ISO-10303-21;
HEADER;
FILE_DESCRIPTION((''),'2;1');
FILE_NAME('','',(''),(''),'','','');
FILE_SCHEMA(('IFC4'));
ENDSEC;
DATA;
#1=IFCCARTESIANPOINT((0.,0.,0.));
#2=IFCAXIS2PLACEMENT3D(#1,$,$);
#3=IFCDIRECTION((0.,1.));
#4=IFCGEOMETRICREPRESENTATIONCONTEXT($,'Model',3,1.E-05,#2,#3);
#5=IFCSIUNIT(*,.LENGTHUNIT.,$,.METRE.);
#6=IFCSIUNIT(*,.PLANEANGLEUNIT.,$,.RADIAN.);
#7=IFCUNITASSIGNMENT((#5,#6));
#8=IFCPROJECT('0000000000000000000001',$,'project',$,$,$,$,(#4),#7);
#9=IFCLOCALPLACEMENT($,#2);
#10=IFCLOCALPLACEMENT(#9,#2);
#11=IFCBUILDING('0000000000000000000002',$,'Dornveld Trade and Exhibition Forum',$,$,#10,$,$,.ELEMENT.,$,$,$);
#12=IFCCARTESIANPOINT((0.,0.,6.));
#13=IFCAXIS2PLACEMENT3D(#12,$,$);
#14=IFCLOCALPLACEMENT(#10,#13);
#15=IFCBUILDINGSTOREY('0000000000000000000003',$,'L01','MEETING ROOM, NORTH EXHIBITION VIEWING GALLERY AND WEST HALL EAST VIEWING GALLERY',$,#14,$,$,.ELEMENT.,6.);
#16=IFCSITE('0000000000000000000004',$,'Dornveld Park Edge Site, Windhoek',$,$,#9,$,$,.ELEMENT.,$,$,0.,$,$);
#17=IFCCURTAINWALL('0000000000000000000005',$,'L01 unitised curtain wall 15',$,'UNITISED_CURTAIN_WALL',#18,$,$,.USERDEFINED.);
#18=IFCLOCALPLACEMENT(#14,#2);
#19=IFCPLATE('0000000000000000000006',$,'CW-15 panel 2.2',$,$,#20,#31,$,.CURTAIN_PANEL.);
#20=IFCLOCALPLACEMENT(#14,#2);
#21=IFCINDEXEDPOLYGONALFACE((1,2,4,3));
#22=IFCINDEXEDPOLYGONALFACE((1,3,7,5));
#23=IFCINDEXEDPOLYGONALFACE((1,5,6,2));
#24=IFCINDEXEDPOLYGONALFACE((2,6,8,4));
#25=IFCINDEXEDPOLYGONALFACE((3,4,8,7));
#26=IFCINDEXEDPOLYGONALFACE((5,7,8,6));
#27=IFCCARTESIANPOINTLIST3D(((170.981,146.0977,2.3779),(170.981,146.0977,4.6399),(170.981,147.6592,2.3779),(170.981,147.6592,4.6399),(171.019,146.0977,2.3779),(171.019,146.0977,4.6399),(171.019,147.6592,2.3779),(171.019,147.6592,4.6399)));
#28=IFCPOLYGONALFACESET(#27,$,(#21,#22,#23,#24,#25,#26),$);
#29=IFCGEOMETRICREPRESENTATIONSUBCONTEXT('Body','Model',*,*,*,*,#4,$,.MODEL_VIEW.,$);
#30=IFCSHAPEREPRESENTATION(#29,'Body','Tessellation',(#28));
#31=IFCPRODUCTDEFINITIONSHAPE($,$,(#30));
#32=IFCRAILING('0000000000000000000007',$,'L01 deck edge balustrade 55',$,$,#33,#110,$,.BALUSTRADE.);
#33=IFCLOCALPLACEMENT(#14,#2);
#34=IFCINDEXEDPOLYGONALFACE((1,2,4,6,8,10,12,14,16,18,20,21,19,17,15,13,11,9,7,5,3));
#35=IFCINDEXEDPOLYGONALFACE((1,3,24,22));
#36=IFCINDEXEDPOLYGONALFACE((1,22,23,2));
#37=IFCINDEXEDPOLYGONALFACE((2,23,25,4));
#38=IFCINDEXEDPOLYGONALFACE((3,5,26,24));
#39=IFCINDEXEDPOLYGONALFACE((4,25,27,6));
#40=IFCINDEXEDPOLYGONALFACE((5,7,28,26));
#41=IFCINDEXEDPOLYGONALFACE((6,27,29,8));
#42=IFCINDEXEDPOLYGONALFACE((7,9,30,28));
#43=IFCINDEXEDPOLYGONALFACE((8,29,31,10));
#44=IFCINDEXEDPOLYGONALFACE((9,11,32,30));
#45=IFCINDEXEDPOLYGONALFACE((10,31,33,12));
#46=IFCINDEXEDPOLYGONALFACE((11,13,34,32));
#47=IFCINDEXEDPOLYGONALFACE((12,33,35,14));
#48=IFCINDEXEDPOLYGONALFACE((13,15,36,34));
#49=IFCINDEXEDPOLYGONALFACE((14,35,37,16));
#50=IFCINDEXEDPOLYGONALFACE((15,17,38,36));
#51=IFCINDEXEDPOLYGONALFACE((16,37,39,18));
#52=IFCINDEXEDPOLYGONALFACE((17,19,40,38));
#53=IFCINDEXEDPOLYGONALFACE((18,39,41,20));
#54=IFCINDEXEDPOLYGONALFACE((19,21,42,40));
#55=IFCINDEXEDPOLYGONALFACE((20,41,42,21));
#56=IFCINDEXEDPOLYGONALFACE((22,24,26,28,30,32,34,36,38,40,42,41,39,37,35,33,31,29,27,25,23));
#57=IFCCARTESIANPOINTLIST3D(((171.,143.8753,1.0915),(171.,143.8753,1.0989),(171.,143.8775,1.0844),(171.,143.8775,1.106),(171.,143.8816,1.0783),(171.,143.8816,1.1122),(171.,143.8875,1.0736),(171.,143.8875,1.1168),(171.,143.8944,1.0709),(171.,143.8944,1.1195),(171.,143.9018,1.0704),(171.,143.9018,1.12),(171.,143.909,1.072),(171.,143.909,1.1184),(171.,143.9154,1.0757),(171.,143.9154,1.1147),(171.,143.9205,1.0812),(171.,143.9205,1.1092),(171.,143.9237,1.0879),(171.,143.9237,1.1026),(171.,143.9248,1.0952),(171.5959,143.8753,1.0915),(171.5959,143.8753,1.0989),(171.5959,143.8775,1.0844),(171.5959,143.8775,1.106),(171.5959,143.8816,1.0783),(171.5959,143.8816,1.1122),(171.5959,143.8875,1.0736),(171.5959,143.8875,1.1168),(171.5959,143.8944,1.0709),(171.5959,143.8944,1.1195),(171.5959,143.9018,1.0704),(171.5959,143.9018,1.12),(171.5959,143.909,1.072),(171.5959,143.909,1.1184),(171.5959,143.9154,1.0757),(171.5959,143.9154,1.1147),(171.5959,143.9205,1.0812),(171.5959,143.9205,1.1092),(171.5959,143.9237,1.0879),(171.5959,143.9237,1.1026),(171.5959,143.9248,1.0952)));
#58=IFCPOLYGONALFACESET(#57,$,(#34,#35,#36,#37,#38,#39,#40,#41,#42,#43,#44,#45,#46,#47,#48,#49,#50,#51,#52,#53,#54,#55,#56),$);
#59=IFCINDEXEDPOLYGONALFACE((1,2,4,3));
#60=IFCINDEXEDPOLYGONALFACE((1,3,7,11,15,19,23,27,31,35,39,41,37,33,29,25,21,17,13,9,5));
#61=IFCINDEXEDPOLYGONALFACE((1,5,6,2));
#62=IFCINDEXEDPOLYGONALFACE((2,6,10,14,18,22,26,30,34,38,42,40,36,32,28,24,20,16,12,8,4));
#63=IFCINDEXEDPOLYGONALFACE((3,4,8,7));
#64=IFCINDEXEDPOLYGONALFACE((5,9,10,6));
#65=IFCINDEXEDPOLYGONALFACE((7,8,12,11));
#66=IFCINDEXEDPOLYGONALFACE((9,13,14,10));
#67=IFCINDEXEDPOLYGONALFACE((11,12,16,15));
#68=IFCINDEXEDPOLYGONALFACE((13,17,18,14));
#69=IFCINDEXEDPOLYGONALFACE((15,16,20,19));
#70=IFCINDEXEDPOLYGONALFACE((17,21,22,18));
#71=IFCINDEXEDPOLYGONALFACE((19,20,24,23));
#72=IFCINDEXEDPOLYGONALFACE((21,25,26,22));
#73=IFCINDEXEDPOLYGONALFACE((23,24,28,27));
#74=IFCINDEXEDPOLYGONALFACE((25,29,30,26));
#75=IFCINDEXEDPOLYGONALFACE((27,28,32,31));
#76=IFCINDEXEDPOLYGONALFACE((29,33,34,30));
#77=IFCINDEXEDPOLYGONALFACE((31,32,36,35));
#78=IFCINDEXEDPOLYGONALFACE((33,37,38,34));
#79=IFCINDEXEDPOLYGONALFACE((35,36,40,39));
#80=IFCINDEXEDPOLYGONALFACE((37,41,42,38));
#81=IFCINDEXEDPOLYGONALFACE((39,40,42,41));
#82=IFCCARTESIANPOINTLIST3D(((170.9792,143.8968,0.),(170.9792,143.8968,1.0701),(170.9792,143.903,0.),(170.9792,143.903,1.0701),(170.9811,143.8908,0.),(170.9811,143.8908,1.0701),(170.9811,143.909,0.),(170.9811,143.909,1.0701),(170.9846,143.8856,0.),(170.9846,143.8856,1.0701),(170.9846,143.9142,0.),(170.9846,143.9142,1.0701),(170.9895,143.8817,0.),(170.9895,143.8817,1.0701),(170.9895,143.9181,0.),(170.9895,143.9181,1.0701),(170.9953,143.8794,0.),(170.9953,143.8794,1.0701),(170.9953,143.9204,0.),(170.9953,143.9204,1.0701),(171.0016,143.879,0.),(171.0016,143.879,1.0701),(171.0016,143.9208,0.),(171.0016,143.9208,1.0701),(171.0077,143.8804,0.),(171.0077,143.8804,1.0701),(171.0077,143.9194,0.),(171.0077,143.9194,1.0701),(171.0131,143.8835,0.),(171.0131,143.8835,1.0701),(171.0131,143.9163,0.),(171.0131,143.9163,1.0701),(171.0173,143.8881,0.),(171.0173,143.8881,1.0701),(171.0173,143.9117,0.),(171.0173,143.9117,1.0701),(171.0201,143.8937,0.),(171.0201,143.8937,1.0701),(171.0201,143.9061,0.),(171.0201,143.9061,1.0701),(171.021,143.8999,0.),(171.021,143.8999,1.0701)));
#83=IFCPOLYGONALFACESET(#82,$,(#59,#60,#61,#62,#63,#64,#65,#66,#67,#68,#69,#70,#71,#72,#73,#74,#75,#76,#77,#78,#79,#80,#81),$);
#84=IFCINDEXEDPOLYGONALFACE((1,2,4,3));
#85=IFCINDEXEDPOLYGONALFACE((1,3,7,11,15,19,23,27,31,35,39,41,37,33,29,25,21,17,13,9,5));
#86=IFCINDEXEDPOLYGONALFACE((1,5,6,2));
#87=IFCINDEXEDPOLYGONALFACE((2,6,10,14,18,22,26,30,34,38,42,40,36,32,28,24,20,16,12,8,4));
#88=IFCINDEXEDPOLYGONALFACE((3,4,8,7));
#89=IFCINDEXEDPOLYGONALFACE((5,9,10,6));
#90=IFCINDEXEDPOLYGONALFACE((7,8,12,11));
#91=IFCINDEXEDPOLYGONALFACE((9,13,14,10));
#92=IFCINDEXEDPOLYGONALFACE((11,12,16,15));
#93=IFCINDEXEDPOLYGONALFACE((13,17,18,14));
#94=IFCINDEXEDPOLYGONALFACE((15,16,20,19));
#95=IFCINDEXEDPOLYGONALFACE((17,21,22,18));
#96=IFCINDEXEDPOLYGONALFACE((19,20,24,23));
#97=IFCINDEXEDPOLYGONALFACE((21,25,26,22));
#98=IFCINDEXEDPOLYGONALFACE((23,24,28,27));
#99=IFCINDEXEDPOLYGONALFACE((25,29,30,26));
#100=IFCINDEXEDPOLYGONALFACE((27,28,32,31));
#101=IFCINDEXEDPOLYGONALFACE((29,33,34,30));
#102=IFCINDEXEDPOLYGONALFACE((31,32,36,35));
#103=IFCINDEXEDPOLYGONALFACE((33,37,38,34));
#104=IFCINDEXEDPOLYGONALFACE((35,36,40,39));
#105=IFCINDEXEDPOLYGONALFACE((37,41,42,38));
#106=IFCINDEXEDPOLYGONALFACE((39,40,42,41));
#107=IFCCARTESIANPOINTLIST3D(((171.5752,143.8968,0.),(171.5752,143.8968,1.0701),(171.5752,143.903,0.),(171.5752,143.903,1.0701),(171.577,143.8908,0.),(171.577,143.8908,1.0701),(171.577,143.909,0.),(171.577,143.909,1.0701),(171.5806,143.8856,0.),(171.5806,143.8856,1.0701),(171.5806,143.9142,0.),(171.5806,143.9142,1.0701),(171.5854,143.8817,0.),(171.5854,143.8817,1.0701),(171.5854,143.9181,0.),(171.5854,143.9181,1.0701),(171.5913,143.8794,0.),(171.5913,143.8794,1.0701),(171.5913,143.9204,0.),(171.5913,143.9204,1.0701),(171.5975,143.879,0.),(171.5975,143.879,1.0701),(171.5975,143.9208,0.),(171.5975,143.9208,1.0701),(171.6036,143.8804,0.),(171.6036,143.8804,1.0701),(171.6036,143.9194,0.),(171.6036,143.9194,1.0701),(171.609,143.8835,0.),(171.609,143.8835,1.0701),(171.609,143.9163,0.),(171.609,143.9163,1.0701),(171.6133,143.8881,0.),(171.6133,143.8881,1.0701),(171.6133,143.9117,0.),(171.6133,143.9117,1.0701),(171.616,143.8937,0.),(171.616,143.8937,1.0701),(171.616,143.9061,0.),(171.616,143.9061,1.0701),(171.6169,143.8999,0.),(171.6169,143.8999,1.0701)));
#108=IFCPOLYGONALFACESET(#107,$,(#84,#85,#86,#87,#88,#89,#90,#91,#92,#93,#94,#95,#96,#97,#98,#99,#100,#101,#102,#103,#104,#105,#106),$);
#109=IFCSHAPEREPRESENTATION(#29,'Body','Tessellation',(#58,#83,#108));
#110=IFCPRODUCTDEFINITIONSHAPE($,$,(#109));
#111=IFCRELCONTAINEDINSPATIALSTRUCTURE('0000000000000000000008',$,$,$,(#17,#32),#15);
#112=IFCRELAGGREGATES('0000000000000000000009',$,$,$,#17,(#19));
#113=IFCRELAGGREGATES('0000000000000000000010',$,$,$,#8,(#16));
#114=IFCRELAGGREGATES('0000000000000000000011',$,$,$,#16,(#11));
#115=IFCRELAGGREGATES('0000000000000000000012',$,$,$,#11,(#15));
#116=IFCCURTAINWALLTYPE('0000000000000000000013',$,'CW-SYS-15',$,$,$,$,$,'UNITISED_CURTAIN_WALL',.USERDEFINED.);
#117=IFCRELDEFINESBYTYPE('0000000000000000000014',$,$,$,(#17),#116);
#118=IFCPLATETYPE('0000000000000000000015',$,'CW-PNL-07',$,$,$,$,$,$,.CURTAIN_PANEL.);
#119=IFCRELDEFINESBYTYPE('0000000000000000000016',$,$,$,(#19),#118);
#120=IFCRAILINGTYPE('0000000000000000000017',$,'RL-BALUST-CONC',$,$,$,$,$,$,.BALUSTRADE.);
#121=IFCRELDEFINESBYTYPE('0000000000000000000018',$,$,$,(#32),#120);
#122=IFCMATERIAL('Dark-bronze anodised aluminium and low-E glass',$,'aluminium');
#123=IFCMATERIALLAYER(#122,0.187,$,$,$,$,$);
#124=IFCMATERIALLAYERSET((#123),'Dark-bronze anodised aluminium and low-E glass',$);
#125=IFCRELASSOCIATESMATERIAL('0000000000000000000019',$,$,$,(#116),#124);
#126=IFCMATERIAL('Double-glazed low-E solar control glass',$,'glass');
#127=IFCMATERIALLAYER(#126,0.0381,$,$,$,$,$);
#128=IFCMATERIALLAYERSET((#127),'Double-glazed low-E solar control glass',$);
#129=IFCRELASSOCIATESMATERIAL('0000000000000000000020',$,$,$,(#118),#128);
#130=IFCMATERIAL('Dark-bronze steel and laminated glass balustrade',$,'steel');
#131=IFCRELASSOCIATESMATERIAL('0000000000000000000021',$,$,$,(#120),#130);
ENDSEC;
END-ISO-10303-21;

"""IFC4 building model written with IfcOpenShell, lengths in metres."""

from ifc_helpers import new_model, si_unit, direction, frame, origin, origin_2d, place, context, subcontext, project, spatial, rectangle, circle, extrude, material, layer, layer_set, type_object, element, aggregate, save


model = new_model("IFC4")

# Units and contexts
model_context = context("Model", 3, precision=1e-05, world=origin(), true_north=direction((0.0, 1.0)))
body_context = subcontext(model_context, "Body", "Model", "MODEL_VIEW")
ifc_project = project(units=[si_unit("LENGTHUNIT", "METRE"), si_unit("PLANEANGLEUNIT", "RADIAN")], contexts=[model_context])

# Site, building, storey
site_placement = place(None, origin())
site = spatial("IfcSite", under=ifc_project, at=site_placement, Name="Dornveld Park Edge Site, Windhoek", CompositionType="ELEMENT", RefElevation=0.0)
building_placement = place(site_placement, origin())
building = spatial("IfcBuilding", under=site, at=building_placement, Name="Dornveld Trade and Exhibition Forum", CompositionType="ELEMENT")
storey_placement = place(building_placement, frame((0.0, 0.0, 6.0)))
storey = spatial("IfcBuildingStorey", under=building, at=storey_placement, Name="L01", Description="MEETING ROOM, NORTH EXHIBITION VIEWING GALLERY AND WEST HALL EAST VIEWING GALLERY", CompositionType="ELEMENT", Elevation=6.0)

# Curtain wall
ifc_material_1 = material(Name="Dark-bronze anodised aluminium and low-E glass", Category="aluminium")
ifc_layer_1 = layer(ifc_material_1, 0.187)
ifc_layer_set_1 = layer_set([ifc_layer_1], Name="Dark-bronze anodised aluminium and low-E glass")
curtain_wall_type_1 = type_object("IfcCurtainWallType", Name="CW-SYS-15", ElementType="UNITISED_CURTAIN_WALL", PredefinedType="USERDEFINED", material=ifc_layer_set_1)
curtain_wall_1_placement = place(storey_placement, origin())
curtain_wall_1 = element("IfcCurtainWall", 1, at=curtain_wall_1_placement, inside=storey, type_object=curtain_wall_type_1, Name="L01 unitised curtain wall 15", ObjectType="UNITISED_CURTAIN_WALL", PredefinedType="USERDEFINED")

# Plate
ifc_material_2 = material(Name="Double-glazed low-E solar control glass", Category="glass")
ifc_layer_2 = layer(ifc_material_2, 0.0381)
ifc_layer_set_2 = layer_set([ifc_layer_2], Name="Double-glazed low-E solar control glass")
plate_type_1 = type_object("IfcPlateType", Name="CW-PNL-07", PredefinedType="CURTAIN_PANEL", material=ifc_layer_set_2)
plate_1_placement = place(storey_placement, frame((171.0, 146.8784, 2.3779), z_axis=(0.0, 0.0, 1.0), x_axis=(0.0, 1.0, 0.0)))
plate_1 = element("IfcPlate", 2, at=plate_1_placement, type_object=plate_type_1, Name="CW-15 panel 2.2", PredefinedType="CURTAIN_PANEL", context=body_context, shape_type="SweptSolid", body=[
    extrude(rectangle(XDim=1.5615, YDim=0.0381, at=origin_2d()), origin(), (0.0, 0.0, 1.0), 2.262),
])
aggregate(curtain_wall_1, [plate_1])

# Railing
ifc_material_3 = material(Name="Dark-bronze steel and laminated glass balustrade", Category="steel")
railing_type = type_object("IfcRailingType", Name="RL-BALUST-CONC", PredefinedType="BALUSTRADE", material=ifc_material_3)
railing_placement = place(storey_placement, frame((171.0, 143.8999, 0.0)))
element("IfcRailing", 3, at=railing_placement, inside=storey, type_object=railing_type, Name="L01 deck edge balustrade 55", PredefinedType="BALUSTRADE", context=body_context, shape_type="SweptSolid", body=[
    extrude(circle(Radius=0.0249, at=origin_2d()), frame((0.0, 0.0, 1.0952), z_axis=(1.0, 0.0, 0.0), x_axis=(0.0, 1.0, 0.0)), (0.0, 0.0, 1.0), 0.5959),
    extrude(circle(Radius=0.021, at=origin_2d()), origin(), (0.0, 0.0, 1.0), 1.0701),
    extrude(circle(Radius=0.021, at=origin_2d()), frame((0.5959, 0.0, 0.0)), (0.0, 0.0, 1.0), 1.0701),
])

save(model, "model.ifc")
